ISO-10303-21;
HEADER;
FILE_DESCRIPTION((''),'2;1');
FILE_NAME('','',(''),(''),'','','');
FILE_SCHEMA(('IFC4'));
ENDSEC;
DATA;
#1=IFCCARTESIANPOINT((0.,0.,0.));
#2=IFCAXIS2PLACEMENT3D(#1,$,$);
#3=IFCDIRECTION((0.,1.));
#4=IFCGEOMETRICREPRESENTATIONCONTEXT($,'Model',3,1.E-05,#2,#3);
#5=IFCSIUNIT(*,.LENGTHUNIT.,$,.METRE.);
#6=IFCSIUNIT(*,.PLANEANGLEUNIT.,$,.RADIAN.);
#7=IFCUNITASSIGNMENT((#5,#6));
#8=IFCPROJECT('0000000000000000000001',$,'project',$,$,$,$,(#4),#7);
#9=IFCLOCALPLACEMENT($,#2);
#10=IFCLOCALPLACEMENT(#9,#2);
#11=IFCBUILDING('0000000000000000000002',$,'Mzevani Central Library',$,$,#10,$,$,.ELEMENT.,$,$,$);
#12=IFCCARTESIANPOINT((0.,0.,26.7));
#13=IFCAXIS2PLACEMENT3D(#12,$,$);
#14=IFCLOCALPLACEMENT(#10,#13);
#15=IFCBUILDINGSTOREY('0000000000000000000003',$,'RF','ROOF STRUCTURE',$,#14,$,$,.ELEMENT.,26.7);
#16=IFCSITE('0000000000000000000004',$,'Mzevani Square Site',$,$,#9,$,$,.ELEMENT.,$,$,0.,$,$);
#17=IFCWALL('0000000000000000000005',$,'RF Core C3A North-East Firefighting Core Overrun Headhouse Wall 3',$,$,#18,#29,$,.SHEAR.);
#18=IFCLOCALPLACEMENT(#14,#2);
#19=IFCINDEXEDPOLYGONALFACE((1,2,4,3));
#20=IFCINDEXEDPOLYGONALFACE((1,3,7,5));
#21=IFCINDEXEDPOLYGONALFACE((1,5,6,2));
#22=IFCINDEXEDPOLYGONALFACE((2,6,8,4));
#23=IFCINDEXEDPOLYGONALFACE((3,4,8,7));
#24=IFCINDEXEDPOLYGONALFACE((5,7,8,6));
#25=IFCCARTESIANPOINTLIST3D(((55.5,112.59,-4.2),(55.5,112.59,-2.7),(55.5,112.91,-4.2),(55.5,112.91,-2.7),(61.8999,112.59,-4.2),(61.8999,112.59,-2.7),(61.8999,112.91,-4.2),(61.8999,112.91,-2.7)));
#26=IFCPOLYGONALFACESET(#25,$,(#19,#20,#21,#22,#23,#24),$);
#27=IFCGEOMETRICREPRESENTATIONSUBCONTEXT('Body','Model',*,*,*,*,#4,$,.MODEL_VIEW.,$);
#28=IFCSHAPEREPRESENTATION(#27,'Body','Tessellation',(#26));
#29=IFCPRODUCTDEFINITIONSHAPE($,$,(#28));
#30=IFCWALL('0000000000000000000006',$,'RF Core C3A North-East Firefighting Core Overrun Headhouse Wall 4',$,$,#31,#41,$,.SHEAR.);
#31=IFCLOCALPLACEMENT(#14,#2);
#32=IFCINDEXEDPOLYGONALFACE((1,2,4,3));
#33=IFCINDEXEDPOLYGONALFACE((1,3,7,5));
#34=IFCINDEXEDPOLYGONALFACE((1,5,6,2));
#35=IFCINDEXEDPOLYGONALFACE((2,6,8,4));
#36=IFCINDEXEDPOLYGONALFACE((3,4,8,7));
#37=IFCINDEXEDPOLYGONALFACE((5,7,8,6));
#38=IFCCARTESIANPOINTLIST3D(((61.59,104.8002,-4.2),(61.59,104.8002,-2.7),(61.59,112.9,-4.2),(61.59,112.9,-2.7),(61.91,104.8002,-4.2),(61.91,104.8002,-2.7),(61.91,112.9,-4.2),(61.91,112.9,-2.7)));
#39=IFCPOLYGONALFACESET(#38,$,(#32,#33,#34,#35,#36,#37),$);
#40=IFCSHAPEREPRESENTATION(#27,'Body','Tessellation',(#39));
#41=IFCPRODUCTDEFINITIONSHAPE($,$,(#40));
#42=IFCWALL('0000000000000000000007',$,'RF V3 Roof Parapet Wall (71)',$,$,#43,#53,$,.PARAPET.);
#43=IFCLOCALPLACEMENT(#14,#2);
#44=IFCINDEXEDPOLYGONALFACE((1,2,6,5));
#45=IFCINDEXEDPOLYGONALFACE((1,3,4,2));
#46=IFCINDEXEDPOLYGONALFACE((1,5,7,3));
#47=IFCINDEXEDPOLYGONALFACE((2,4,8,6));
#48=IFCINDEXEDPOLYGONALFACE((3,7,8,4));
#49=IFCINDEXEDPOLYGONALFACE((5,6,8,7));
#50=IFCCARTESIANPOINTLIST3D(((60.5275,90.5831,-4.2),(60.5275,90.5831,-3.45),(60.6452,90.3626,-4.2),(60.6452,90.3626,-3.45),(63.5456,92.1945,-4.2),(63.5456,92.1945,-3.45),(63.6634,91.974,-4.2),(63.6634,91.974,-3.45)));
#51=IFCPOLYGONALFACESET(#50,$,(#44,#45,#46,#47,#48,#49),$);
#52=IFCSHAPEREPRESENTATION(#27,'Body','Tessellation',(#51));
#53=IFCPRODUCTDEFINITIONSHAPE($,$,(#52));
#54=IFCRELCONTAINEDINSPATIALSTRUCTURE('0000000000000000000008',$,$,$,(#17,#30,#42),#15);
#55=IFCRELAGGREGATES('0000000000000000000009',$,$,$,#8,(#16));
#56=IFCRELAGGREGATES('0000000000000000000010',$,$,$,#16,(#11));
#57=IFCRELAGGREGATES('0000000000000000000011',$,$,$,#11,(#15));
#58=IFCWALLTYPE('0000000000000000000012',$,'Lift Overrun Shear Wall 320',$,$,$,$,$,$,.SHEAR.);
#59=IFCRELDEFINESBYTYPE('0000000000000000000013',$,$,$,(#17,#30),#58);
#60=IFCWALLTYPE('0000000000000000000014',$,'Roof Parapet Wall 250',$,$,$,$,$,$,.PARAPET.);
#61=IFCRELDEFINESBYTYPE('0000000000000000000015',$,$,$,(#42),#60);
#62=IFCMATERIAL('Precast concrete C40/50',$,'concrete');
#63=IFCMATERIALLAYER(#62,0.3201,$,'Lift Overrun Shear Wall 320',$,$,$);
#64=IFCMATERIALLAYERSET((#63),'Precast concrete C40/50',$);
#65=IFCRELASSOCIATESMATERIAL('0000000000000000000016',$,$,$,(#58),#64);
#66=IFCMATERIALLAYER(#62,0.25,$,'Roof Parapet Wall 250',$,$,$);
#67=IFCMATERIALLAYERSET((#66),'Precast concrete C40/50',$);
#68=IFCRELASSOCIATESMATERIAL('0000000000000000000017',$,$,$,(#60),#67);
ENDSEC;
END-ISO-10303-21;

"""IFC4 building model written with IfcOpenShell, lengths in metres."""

from ifc_helpers import new_model, si_unit, direction, frame, frame_2d, origin, place, context, subcontext, project, spatial, rectangle, extrude, material, layer, layer_set, type_object, element, save


model = new_model("IFC4")

# Units and contexts
model_context = context("Model", 3, precision=1e-05, world=origin(), true_north=direction((0.0, 1.0)))
body_context = subcontext(model_context, "Body", "Model", "MODEL_VIEW")
ifc_project = project(units=[si_unit("LENGTHUNIT", "METRE"), si_unit("PLANEANGLEUNIT", "RADIAN")], contexts=[model_context])

# Site, building, storey
site_placement = place(None, origin())
site = spatial("IfcSite", under=ifc_project, at=site_placement, Name="Mzevani Square Site", CompositionType="ELEMENT", RefElevation=0.0)
building_placement = place(site_placement, origin())
building = spatial("IfcBuilding", under=site, at=building_placement, Name="Mzevani Central Library", CompositionType="ELEMENT")
storey_placement = place(building_placement, frame((0.0, 0.0, 26.7)))
storey = spatial("IfcBuildingStorey", under=building, at=storey_placement, Name="RF", Description="ROOF STRUCTURE", CompositionType="ELEMENT", Elevation=26.7)

# Walls
ifc_material_1 = material(Name="Precast concrete C40/50", Category="concrete")
ifc_layer_1 = layer(ifc_material_1, 0.3201, Name="Lift Overrun Shear Wall 320")
ifc_layer_set_1 = layer_set([ifc_layer_1], Name="Precast concrete C40/50")
wall_type_1 = type_object("IfcWallType", Name="Lift Overrun Shear Wall 320", PredefinedType="SHEAR", material=ifc_layer_set_1)
wall_1_placement = place(storey_placement, frame((55.5, 112.75, -4.2), z_axis=(0.0, 0.0, 1.0), x_axis=(1.0, 0.0, 0.0)))
element("IfcWall", 1, at=wall_1_placement, inside=storey, type_object=wall_type_1, Name="RF Core C3A North-East Firefighting Core Overrun Headhouse Wall 3", PredefinedType="SHEAR", context=body_context, shape_type="SweptSolid", body=[
    extrude(rectangle(XDim=6.3999, YDim=0.3201, at=frame_2d((3.2, 0.0))), origin(), (0.0, 0.0, 1.0), 1.5),
])
wall_2_placement = place(storey_placement, frame((61.75, 112.8999, -4.2), z_axis=(0.0, 0.0, 1.0), x_axis=(0.0, -1.0, 0.0)))
element("IfcWall", 2, at=wall_2_placement, inside=storey, type_object=wall_type_1, Name="RF Core C3A North-East Firefighting Core Overrun Headhouse Wall 4", PredefinedType="SHEAR", context=body_context, shape_type="SweptSolid", body=[
    extrude(rectangle(XDim=8.0999, YDim=0.3201, at=frame_2d((4.0498, 0.0))), origin(), (0.0, 0.0, 1.0), 1.5),
])
ifc_layer_2 = layer(ifc_material_1, 0.25, Name="Roof Parapet Wall 250")
ifc_layer_set_2 = layer_set([ifc_layer_2], Name="Precast concrete C40/50")
wall_type_2 = type_object("IfcWallType", Name="Roof Parapet Wall 250", PredefinedType="PARAPET", material=ifc_layer_set_2)
wall_3_placement = place(storey_placement, frame((63.6045, 92.0842, -4.2), z_axis=(0.0, 0.0, 1.0), x_axis=(-0.882147, -0.470973, 0.0)))
element("IfcWall", 3, at=wall_3_placement, inside=storey, type_object=wall_type_2, Name="RF V3 Roof Parapet Wall (71)", PredefinedType="PARAPET", context=body_context, shape_type="SweptSolid", body=[
    extrude(rectangle(XDim=3.4214, YDim=0.25, at=frame_2d((1.7107, 0.0))), origin(), (0.0, 0.0, 1.0), 0.75),
])

save(model, "model.ifc")
